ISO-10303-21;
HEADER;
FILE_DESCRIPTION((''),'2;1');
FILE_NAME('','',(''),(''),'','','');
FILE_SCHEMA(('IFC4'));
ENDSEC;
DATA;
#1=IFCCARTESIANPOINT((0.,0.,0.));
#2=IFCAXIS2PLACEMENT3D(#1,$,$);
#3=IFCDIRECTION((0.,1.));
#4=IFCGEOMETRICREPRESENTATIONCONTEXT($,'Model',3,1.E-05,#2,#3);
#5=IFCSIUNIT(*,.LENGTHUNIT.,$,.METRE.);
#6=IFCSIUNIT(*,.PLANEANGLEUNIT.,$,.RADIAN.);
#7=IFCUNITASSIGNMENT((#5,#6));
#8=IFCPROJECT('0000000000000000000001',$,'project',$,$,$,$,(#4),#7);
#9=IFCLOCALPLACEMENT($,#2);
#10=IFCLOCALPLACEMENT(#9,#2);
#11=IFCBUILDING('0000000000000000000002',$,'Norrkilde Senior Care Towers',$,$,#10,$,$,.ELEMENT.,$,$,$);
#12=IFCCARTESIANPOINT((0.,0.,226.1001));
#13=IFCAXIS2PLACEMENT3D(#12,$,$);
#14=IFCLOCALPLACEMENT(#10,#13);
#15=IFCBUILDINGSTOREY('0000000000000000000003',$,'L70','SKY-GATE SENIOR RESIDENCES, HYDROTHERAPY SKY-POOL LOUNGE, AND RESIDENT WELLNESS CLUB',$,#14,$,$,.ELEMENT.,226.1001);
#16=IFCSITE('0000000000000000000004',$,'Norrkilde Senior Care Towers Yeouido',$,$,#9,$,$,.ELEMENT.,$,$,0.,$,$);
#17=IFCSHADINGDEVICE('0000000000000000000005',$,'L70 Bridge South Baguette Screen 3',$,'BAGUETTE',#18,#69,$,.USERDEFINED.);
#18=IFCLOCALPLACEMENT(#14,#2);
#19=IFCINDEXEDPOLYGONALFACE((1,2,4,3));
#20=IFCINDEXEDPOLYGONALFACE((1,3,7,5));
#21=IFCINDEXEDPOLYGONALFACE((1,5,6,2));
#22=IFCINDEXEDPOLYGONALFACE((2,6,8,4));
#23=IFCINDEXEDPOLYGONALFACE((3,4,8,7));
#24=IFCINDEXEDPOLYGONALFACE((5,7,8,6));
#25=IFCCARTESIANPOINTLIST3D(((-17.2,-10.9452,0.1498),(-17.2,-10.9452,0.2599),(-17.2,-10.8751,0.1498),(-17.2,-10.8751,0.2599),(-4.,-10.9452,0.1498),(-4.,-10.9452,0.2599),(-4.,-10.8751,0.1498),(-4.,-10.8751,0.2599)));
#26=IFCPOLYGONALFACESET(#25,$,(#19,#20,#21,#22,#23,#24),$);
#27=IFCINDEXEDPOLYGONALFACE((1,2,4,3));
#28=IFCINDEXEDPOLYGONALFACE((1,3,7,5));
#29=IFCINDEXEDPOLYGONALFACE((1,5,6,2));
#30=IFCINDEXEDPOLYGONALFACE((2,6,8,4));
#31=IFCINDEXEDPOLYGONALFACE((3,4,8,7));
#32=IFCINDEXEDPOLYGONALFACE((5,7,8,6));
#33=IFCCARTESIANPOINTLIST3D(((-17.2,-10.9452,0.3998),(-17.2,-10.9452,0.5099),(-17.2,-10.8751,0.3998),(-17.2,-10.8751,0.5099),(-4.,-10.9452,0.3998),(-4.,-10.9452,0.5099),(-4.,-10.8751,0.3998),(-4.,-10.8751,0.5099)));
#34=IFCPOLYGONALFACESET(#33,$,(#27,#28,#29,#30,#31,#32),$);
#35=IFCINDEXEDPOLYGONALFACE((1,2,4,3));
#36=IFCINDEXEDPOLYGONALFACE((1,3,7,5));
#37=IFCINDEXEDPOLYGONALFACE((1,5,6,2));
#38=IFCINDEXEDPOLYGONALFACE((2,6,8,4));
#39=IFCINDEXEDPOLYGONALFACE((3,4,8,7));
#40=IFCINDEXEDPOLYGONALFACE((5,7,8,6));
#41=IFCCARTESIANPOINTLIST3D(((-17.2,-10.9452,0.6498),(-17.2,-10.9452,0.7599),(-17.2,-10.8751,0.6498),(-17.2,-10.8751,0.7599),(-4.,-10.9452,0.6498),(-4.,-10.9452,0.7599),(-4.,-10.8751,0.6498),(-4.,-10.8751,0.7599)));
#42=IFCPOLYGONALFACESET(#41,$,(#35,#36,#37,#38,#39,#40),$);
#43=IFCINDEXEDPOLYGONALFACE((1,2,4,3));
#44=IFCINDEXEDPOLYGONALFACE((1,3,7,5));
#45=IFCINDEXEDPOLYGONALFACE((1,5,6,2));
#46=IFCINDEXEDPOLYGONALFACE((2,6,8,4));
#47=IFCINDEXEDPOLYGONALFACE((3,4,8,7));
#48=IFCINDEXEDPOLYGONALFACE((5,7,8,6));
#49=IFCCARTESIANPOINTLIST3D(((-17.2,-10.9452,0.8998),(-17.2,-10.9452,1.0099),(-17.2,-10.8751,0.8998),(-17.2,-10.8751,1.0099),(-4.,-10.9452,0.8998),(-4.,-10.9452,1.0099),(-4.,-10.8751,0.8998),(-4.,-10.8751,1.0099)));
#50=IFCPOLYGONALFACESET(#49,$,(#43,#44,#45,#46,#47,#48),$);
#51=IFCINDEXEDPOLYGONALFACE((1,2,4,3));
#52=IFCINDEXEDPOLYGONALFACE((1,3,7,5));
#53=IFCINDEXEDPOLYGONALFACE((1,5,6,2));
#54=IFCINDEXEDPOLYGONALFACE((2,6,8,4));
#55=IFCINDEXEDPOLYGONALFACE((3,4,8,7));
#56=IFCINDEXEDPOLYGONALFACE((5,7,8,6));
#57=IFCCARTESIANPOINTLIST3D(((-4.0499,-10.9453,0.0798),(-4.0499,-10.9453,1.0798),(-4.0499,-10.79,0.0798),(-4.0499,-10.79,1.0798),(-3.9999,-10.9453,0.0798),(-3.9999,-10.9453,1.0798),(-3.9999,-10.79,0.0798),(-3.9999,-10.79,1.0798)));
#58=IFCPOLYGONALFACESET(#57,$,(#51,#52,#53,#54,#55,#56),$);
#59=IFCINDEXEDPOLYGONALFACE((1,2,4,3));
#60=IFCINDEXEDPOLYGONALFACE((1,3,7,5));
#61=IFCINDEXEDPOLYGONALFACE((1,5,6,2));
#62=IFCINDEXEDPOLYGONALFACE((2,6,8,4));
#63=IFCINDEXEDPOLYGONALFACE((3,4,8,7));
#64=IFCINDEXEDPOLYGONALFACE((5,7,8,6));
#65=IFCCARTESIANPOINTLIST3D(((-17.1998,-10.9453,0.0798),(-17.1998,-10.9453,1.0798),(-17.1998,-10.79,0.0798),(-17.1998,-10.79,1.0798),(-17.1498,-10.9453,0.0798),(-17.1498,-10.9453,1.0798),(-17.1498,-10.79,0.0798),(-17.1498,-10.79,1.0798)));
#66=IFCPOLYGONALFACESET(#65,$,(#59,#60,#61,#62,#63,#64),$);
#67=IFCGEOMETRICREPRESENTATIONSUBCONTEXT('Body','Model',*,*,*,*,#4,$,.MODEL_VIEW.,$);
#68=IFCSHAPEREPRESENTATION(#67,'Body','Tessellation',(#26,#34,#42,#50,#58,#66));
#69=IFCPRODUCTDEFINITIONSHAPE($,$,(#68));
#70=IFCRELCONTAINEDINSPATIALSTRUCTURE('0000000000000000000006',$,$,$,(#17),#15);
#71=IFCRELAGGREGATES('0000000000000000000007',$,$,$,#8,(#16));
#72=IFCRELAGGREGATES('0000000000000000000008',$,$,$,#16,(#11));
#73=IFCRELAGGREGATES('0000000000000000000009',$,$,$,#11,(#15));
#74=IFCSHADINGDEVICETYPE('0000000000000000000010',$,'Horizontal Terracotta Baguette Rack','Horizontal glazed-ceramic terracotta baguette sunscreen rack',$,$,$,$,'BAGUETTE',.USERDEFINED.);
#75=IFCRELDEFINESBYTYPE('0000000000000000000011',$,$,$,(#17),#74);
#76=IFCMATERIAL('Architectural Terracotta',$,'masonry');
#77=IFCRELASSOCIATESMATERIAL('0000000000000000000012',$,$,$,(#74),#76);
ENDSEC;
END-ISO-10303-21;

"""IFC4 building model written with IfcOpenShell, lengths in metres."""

from ifc_helpers import new_model, si_unit, direction, frame, origin, origin_2d, place, context, subcontext, project, spatial, rectangle, extrude, source, transform, mapped, material, type_object, type_shapes, element, save


model = new_model("IFC4")

# Units and contexts
model_context = context("Model", 3, precision=1e-05, world=origin(), true_north=direction((0.0, 1.0)))
body_context = subcontext(model_context, "Body", "Model", "MODEL_VIEW")
ifc_project = project(units=[si_unit("LENGTHUNIT", "METRE"), si_unit("PLANEANGLEUNIT", "RADIAN")], contexts=[model_context])

# Site, building, storey
site_placement = place(None, origin())
site = spatial("IfcSite", under=ifc_project, at=site_placement, Name="Norrkilde Senior Care Towers Yeouido", CompositionType="ELEMENT", RefElevation=0.0)
building_placement = place(site_placement, origin())
building = spatial("IfcBuilding", under=site, at=building_placement, Name="Norrkilde Senior Care Towers", CompositionType="ELEMENT")
storey_placement = place(building_placement, frame((0.0, 0.0, 226.1001)))
storey = spatial("IfcBuildingStorey", under=building, at=storey_placement, Name="L70", Description="SKY-GATE SENIOR RESIDENCES, HYDROTHERAPY SKY-POOL LOUNGE, AND RESIDENT WELLNESS CLUB", CompositionType="ELEMENT", Elevation=226.1001)

# Shading device
ifc_material_1 = material(Name="Architectural Terracotta", Category="masonry")
shading_device_type = type_object("IfcShadingDeviceType", Name="Horizontal Terracotta Baguette Rack", Description="Horizontal glazed-ceramic terracotta baguette sunscreen rack", ElementType="BAGUETTE", PredefinedType="USERDEFINED", material=ifc_material_1)
shared_shape_1 = source(origin(), body_context, "Body", "SweptSolid", [
    extrude(rectangle(XDim=0.0701, YDim=0.1101, at=origin_2d()), frame((0.0, 0.0901, 0.125), z_axis=(1.0, 0.0, 0.0), x_axis=(0.0, 1.0, 0.0)), (0.0, 0.0, 1.0), 13.2),
    extrude(rectangle(XDim=0.0701, YDim=0.1101, at=origin_2d()), frame((0.0, 0.0901, 0.375), z_axis=(1.0, 0.0, 0.0), x_axis=(0.0, 1.0, 0.0)), (0.0, 0.0, 1.0), 13.2),
    extrude(rectangle(XDim=0.0701, YDim=0.1101, at=origin_2d()), frame((0.0, 0.0901, 0.625), z_axis=(1.0, 0.0, 0.0), x_axis=(0.0, 1.0, 0.0)), (0.0, 0.0, 1.0), 13.2),
    extrude(rectangle(XDim=0.0701, YDim=0.1101, at=origin_2d()), frame((0.0, 0.0901, 0.875), z_axis=(1.0, 0.0, 0.0), x_axis=(0.0, 1.0, 0.0)), (0.0, 0.0, 1.0), 13.2),
    extrude(rectangle(XDim=0.05, YDim=0.1553, at=origin_2d()), frame((0.0249, 0.0476, 0.0)), (0.0, 0.0, 1.0), 1.0),
    extrude(rectangle(XDim=0.05, YDim=0.1553, at=origin_2d()), frame((13.1748, 0.0476, 0.0)), (0.0, 0.0, 1.0), 1.0),
])
type_shapes(shading_device_type, [shared_shape_1])
shading_device_placement = place(storey_placement, frame((-4.0, -10.8201, 0.0798), z_axis=(0.0, 0.0, 1.0), x_axis=(-1.0, 0.0, 0.0)))
element("IfcShadingDevice", 1, at=shading_device_placement, inside=storey, type_object=shading_device_type, Name="L70 Bridge South Baguette Screen 3", ObjectType="BAGUETTE", PredefinedType="USERDEFINED", context=body_context, shape_type="MappedRepresentation", body=[
    mapped(shared_shape_1, transform((0.0, 0.0, 0.0), x_axis=(1.0, 0.0, 0.0), y_axis=(0.0, 1.0, 0.0), z_axis=(0.0, 0.0, 1.0), scale=1.0)),
])

save(model, "model.ifc")
